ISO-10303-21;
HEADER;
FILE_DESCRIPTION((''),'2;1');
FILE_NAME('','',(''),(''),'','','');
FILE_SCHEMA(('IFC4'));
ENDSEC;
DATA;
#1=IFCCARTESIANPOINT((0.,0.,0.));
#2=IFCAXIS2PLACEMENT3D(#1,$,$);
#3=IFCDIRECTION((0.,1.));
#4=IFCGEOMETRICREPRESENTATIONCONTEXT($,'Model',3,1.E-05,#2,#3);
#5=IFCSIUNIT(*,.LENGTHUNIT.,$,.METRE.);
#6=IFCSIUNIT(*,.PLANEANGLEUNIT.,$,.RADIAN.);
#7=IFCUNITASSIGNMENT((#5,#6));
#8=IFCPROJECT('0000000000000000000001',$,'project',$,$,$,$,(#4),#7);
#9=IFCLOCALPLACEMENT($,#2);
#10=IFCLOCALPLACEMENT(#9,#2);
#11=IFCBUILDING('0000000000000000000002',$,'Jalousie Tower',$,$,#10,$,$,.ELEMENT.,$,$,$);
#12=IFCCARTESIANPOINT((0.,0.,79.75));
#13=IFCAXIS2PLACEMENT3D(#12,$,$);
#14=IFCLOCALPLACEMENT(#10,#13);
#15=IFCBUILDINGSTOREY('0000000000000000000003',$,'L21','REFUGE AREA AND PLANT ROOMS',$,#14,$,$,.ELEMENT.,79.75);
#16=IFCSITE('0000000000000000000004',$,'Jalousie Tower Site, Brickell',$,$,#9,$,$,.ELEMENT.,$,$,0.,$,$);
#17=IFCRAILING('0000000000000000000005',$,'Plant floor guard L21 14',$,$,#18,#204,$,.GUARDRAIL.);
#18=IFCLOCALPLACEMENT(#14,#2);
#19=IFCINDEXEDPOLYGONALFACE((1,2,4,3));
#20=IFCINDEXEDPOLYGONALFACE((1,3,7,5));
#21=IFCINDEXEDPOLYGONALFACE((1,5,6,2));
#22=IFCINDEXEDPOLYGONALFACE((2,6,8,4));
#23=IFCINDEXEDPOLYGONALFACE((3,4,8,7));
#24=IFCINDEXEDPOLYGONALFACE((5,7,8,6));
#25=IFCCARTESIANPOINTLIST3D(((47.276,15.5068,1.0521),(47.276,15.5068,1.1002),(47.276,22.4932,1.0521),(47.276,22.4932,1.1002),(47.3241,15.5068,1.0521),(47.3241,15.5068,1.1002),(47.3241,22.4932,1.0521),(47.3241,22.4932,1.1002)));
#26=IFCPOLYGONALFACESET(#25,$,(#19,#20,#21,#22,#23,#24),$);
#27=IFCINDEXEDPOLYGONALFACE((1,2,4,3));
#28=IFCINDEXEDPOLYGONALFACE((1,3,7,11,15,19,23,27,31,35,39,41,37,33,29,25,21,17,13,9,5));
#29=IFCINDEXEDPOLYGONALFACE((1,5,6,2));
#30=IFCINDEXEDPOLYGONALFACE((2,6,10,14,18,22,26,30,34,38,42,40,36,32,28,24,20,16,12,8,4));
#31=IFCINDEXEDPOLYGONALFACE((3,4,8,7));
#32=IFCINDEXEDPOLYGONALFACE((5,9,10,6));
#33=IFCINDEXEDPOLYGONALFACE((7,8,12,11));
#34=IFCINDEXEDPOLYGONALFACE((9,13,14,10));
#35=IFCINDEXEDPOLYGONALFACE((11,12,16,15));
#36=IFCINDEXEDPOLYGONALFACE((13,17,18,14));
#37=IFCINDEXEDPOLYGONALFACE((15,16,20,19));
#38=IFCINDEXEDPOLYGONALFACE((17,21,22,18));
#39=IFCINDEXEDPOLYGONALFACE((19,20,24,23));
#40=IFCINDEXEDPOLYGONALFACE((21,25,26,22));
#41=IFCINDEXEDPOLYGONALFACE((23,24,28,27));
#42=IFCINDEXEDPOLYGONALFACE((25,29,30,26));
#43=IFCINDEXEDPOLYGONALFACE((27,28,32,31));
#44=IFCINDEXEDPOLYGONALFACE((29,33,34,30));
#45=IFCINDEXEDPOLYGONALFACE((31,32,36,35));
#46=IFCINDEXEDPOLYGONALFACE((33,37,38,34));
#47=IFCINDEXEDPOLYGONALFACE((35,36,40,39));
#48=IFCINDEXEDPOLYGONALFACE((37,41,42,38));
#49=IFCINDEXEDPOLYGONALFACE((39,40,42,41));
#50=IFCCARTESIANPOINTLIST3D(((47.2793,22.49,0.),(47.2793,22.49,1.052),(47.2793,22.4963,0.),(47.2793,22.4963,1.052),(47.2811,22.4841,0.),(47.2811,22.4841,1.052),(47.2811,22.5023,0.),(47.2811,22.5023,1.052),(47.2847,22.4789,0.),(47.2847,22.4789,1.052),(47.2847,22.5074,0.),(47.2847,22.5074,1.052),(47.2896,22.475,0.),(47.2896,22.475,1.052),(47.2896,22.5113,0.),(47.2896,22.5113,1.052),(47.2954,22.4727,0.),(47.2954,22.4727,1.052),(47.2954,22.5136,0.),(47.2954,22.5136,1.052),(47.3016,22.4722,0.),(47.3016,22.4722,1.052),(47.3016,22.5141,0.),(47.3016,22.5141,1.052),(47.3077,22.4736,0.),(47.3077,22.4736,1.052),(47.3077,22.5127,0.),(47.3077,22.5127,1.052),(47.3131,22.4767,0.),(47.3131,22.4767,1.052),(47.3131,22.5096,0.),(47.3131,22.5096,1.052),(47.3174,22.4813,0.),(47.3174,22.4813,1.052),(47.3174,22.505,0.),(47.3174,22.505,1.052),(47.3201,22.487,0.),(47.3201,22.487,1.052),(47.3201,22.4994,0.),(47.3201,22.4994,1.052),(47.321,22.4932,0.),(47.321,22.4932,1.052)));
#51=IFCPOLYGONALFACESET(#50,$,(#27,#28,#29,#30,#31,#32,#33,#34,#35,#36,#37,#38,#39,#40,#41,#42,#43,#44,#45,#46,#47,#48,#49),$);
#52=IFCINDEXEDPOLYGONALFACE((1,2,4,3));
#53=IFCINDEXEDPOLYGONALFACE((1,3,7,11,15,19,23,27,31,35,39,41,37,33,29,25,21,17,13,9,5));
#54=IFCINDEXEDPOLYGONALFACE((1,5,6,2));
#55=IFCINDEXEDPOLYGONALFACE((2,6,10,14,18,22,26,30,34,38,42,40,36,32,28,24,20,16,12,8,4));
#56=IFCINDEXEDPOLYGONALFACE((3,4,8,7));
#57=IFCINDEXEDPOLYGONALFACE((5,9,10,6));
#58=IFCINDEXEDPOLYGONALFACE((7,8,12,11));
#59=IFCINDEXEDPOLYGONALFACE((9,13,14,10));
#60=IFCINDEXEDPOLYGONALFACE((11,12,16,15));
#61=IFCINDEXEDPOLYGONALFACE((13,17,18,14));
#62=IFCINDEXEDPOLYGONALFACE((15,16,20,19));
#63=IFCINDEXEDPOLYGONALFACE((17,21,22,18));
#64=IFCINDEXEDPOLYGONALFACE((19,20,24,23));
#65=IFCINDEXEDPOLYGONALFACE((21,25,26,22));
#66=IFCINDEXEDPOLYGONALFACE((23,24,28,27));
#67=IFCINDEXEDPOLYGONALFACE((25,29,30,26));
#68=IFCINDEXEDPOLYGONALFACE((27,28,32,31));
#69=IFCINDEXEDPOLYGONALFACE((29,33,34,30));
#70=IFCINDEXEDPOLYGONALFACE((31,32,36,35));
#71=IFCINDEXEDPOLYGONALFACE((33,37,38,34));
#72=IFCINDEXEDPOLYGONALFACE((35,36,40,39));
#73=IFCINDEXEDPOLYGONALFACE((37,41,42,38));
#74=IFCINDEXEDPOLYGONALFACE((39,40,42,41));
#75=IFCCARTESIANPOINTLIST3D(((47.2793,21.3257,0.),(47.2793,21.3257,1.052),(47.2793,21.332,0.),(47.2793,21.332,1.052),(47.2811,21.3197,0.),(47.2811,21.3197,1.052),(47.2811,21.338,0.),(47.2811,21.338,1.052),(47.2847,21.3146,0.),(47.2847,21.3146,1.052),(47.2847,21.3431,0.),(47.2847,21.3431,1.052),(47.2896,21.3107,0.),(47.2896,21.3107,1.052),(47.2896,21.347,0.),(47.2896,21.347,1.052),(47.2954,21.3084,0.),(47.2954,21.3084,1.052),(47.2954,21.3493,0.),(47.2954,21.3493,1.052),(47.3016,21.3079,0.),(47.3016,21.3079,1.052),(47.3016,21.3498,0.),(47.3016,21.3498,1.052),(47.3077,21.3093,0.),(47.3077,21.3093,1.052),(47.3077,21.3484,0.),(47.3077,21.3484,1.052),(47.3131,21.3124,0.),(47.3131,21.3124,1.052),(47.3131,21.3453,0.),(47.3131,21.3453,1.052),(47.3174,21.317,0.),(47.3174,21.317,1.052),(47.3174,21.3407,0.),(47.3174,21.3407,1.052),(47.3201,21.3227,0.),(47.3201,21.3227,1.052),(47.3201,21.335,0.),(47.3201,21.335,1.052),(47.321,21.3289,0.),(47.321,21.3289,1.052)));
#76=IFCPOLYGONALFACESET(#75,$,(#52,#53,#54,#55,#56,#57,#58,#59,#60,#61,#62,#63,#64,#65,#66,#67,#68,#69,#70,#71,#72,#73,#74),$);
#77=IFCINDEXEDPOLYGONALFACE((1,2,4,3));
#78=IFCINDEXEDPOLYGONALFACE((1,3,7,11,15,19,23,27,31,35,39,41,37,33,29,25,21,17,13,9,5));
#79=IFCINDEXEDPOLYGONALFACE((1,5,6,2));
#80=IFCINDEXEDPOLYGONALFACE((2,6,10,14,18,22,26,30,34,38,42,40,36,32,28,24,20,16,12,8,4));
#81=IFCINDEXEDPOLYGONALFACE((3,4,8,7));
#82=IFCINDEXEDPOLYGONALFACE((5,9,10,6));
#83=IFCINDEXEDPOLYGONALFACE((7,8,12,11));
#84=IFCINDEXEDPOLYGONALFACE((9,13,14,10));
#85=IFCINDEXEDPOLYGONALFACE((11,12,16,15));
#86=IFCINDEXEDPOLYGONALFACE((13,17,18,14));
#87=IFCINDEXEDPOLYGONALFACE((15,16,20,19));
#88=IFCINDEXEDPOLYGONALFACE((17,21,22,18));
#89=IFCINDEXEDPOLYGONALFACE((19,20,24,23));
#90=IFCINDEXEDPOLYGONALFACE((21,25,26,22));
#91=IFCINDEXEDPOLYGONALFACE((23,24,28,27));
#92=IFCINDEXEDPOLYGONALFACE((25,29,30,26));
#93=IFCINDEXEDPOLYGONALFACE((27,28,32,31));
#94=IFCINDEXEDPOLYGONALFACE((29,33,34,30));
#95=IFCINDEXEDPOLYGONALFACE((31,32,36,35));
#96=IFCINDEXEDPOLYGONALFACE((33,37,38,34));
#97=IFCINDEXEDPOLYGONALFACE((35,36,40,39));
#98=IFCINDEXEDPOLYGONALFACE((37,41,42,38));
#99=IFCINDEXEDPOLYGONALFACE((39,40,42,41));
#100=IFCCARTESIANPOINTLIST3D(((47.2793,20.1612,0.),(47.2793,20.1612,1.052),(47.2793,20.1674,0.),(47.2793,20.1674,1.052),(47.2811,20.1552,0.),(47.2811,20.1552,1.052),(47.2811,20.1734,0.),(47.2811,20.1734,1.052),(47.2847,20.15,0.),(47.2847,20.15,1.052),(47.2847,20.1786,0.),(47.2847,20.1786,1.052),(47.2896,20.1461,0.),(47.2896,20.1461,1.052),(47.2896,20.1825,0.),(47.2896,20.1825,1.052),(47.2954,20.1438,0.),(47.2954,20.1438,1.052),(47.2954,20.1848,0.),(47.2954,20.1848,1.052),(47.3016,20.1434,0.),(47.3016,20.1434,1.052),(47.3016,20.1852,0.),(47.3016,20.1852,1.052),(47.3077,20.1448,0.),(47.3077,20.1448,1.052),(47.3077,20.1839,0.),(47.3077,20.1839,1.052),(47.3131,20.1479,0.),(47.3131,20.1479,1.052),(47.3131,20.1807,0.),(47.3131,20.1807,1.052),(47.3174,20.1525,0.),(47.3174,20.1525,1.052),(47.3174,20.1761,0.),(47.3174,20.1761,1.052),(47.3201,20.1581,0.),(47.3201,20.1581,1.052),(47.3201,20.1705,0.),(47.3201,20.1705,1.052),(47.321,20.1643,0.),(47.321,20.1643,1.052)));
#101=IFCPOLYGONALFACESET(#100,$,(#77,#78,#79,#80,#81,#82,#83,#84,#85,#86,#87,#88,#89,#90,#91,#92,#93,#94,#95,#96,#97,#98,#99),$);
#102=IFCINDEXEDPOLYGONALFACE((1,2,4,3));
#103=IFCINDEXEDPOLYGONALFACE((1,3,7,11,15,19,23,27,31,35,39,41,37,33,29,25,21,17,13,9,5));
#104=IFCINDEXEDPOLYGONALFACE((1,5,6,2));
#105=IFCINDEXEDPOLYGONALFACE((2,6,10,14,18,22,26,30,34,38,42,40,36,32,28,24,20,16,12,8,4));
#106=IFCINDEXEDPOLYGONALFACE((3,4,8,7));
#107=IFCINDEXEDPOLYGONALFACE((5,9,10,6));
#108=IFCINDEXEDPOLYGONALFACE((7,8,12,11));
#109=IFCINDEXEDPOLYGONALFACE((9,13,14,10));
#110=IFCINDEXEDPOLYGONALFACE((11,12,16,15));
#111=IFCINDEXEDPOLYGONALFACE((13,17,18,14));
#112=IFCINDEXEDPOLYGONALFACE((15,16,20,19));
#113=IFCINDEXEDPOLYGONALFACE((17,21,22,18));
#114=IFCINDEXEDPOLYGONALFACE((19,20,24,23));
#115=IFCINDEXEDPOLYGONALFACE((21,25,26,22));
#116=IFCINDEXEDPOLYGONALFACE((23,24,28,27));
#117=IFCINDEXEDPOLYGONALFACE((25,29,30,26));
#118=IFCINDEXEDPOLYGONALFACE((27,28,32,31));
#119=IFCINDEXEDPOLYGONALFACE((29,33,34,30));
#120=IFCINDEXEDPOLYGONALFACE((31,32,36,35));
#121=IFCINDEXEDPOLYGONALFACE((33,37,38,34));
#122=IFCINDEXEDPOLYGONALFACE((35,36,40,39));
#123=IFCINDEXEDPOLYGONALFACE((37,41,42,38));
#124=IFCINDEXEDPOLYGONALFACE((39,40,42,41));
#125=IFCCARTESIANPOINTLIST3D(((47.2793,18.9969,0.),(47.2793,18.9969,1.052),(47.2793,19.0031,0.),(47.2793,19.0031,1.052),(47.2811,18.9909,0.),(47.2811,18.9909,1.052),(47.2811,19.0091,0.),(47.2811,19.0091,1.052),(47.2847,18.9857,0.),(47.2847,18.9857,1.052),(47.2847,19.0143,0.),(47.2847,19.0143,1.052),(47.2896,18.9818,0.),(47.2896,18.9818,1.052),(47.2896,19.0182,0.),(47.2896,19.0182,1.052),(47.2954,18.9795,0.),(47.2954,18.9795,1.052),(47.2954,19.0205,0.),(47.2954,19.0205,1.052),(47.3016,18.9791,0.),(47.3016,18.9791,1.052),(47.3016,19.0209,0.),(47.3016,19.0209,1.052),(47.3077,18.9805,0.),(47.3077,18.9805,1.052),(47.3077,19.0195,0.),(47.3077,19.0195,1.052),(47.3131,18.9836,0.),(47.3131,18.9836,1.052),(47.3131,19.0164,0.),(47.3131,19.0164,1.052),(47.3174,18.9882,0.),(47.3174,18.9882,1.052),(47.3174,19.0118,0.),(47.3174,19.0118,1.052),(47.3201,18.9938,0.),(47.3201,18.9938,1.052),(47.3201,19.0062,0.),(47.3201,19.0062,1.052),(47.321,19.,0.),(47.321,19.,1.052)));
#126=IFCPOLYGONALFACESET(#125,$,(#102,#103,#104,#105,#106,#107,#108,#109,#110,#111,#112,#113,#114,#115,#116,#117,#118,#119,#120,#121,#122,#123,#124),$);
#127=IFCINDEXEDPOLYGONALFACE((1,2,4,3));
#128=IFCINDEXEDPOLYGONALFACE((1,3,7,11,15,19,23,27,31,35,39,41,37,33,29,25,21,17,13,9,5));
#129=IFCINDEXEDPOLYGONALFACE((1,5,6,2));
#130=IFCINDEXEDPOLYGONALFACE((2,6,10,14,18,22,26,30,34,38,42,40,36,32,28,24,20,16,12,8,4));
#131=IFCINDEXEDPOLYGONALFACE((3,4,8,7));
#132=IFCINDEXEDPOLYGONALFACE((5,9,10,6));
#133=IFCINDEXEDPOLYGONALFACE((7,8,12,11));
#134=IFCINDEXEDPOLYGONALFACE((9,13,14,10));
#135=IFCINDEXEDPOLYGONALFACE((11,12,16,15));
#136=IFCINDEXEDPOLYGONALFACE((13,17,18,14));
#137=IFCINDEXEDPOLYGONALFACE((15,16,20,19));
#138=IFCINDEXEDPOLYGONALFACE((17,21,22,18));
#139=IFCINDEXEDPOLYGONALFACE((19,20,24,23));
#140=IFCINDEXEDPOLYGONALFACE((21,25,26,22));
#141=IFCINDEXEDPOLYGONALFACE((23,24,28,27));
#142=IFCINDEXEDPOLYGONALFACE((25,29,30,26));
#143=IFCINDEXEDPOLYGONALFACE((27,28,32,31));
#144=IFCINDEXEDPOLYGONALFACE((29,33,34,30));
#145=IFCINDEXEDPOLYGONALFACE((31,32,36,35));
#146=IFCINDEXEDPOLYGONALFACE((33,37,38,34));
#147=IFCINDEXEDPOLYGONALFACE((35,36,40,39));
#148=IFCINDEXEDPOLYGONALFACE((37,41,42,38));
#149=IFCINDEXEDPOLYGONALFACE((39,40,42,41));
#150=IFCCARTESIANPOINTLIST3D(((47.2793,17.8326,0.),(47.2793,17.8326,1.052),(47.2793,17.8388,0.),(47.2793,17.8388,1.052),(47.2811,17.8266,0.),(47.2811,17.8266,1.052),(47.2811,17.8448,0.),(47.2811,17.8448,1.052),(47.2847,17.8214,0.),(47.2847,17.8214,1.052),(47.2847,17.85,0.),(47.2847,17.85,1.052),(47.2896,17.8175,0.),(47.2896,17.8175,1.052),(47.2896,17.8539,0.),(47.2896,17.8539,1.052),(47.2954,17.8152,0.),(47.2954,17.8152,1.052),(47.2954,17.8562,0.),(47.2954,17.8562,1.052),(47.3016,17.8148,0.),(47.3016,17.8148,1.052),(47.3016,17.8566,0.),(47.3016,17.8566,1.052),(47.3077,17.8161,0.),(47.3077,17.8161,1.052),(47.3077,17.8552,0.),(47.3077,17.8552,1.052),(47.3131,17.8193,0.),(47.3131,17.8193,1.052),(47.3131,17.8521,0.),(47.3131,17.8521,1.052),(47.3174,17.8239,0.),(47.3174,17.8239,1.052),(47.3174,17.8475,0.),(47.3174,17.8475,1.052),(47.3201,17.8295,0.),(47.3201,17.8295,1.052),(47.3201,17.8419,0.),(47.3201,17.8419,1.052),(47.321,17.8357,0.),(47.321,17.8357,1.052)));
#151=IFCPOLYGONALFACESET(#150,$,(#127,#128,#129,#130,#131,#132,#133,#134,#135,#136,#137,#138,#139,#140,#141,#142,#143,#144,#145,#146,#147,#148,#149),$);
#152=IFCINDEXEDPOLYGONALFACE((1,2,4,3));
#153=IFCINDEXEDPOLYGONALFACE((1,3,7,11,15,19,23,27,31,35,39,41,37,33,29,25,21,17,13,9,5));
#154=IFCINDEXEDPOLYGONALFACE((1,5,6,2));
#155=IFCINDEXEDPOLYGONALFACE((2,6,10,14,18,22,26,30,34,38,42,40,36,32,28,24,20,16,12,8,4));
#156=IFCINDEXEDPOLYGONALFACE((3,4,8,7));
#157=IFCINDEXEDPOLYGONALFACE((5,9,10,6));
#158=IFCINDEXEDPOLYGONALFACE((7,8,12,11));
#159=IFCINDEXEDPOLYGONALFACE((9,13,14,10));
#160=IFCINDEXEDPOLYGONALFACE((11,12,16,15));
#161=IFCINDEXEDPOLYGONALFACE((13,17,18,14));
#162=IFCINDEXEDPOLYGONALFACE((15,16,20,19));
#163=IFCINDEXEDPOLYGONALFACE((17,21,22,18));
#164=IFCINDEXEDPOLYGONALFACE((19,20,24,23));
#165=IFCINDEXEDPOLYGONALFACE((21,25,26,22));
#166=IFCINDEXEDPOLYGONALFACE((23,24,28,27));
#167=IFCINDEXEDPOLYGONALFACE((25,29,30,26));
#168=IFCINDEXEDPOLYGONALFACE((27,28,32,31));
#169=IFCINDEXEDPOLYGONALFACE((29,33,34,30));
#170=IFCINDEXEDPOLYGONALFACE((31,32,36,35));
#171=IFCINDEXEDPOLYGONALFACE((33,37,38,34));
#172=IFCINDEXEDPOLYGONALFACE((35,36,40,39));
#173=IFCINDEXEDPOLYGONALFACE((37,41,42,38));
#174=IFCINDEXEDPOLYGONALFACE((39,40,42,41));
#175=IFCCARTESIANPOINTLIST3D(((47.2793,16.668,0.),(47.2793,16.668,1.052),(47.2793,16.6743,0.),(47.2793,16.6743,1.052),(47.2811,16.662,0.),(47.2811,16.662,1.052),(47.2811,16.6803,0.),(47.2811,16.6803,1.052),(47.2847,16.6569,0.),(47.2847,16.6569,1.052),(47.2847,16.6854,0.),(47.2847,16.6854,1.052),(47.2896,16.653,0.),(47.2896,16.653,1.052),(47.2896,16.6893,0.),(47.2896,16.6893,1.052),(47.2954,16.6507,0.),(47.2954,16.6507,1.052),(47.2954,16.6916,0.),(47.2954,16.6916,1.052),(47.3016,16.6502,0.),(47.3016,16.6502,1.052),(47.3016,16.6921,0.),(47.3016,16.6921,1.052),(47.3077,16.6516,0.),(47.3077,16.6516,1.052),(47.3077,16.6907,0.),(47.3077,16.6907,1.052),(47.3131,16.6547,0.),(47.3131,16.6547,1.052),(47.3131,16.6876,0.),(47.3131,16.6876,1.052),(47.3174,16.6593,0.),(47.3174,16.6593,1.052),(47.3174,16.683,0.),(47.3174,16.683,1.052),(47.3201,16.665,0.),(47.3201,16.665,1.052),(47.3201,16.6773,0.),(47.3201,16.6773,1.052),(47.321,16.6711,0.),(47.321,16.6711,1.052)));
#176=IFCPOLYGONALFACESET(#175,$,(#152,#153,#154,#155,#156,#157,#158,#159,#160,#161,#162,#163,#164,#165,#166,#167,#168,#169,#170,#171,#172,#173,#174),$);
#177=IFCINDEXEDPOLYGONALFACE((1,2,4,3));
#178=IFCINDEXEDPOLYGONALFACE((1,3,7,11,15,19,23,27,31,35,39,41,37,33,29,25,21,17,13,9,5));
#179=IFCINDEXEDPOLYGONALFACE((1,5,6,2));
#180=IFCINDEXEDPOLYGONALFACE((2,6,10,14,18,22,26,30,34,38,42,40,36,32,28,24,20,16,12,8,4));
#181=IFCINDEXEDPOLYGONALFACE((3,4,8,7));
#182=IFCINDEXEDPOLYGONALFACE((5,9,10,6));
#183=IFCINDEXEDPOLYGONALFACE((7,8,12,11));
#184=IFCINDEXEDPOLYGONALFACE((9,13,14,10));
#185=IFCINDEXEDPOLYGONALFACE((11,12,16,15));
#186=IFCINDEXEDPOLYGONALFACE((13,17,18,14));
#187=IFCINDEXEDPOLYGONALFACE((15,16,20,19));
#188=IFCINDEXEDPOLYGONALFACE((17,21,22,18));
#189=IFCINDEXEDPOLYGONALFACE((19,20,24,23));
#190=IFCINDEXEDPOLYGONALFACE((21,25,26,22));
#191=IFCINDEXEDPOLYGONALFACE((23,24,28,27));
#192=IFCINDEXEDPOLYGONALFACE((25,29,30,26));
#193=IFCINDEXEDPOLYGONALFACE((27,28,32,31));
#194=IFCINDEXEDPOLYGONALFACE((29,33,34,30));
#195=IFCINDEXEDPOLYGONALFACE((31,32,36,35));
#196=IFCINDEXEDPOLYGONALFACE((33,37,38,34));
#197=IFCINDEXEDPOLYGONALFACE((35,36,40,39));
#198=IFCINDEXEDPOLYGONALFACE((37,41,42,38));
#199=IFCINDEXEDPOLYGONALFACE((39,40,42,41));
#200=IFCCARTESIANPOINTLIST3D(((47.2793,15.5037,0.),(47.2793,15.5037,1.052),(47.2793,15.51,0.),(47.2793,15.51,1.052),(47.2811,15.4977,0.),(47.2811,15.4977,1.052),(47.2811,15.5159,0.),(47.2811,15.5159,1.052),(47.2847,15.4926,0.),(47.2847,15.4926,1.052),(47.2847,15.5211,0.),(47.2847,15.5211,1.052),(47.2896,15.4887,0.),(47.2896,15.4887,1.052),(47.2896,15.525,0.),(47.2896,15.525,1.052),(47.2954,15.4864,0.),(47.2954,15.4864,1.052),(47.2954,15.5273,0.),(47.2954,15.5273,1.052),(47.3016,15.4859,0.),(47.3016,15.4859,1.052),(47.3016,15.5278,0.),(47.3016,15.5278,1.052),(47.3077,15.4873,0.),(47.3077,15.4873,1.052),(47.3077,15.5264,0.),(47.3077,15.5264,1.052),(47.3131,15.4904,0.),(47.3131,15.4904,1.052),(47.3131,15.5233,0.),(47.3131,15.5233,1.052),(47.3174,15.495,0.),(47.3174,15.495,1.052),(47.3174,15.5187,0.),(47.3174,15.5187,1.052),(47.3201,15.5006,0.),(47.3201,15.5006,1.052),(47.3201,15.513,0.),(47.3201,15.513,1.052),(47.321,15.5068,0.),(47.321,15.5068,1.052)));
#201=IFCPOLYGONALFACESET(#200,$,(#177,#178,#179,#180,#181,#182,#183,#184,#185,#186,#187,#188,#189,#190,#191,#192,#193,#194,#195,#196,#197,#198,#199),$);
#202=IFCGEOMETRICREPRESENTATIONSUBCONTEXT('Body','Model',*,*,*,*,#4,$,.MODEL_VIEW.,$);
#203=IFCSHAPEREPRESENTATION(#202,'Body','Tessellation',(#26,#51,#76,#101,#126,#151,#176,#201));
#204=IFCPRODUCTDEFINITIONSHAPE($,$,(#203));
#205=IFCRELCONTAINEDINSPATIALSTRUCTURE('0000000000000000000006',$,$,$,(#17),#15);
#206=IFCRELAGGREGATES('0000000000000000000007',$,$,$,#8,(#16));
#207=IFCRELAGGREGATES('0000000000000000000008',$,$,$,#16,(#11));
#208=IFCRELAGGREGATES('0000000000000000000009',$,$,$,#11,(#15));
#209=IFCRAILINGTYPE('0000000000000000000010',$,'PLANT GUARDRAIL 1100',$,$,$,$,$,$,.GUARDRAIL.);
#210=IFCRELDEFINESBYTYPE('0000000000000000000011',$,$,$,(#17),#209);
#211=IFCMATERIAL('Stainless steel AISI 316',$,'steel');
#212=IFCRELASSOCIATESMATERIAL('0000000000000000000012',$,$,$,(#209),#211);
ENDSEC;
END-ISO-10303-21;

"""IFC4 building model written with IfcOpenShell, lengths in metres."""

from ifc_helpers import new_model, si_unit, direction, frame, origin, origin_2d, place, context, subcontext, project, spatial, rectangle, circle, extrude, material, type_object, element, save


model = new_model("IFC4")

# Units and contexts
model_context = context("Model", 3, precision=1e-05, world=origin(), true_north=direction((0.0, 1.0)))
body_context = subcontext(model_context, "Body", "Model", "MODEL_VIEW")
ifc_project = project(units=[si_unit("LENGTHUNIT", "METRE"), si_unit("PLANEANGLEUNIT", "RADIAN")], contexts=[model_context])

# Site, building, storey
site_placement = place(None, origin())
site = spatial("IfcSite", under=ifc_project, at=site_placement, Name="Jalousie Tower Site, Brickell", CompositionType="ELEMENT", RefElevation=0.0)
building_placement = place(site_placement, origin())
building = spatial("IfcBuilding", under=site, at=building_placement, Name="Jalousie Tower", CompositionType="ELEMENT")
storey_placement = place(building_placement, frame((0.0, 0.0, 79.75)))
storey = spatial("IfcBuildingStorey", under=building, at=storey_placement, Name="L21", Description="REFUGE AREA AND PLANT ROOMS", CompositionType="ELEMENT", Elevation=79.75)

# Railing
ifc_material_1 = material(Name="Stainless steel AISI 316", Category="steel")
railing_type_1 = type_object("IfcRailingType", Name="PLANT GUARDRAIL 1100", PredefinedType="GUARDRAIL", material=ifc_material_1)
railing_1_placement = place(storey_placement, frame((47.3, 22.4932, 0.0)))
element("IfcRailing", 1, at=railing_1_placement, inside=storey, type_object=railing_type_1, Name="Plant floor guard L21 14", PredefinedType="GUARDRAIL", context=body_context, shape_type="SweptSolid", body=[
    extrude(rectangle(XDim=0.0481, YDim=0.0481, at=origin_2d()), frame((0.0, 0.0, 1.0762), z_axis=(0.0, -1.0, 0.0), x_axis=(1.0, 0.0, 0.0)), (0.0, 0.0, 1.0), 6.9863),
    extrude(circle(Radius=0.021, at=origin_2d()), origin(), (0.0, 0.0, 1.0), 1.052),
    extrude(circle(Radius=0.021, at=origin_2d()), frame((0.0, -1.1643, 0.0)), (0.0, 0.0, 1.0), 1.052),
    extrude(circle(Radius=0.021, at=origin_2d()), frame((0.0, -2.3289, 0.0)), (0.0, 0.0, 1.0), 1.052),
    extrude(circle(Radius=0.021, at=origin_2d()), frame((0.0, -3.4932, 0.0)), (0.0, 0.0, 1.0), 1.052),
    extrude(circle(Radius=0.021, at=origin_2d()), frame((0.0, -4.6575, 0.0)), (0.0, 0.0, 1.0), 1.052),
    extrude(circle(Radius=0.021, at=origin_2d()), frame((0.0, -5.822, 0.0)), (0.0, 0.0, 1.0), 1.052),
    extrude(circle(Radius=0.021, at=origin_2d()), frame((0.0, -6.9863, 0.0)), (0.0, 0.0, 1.0), 1.052),
])

save(model, "model.ifc")
